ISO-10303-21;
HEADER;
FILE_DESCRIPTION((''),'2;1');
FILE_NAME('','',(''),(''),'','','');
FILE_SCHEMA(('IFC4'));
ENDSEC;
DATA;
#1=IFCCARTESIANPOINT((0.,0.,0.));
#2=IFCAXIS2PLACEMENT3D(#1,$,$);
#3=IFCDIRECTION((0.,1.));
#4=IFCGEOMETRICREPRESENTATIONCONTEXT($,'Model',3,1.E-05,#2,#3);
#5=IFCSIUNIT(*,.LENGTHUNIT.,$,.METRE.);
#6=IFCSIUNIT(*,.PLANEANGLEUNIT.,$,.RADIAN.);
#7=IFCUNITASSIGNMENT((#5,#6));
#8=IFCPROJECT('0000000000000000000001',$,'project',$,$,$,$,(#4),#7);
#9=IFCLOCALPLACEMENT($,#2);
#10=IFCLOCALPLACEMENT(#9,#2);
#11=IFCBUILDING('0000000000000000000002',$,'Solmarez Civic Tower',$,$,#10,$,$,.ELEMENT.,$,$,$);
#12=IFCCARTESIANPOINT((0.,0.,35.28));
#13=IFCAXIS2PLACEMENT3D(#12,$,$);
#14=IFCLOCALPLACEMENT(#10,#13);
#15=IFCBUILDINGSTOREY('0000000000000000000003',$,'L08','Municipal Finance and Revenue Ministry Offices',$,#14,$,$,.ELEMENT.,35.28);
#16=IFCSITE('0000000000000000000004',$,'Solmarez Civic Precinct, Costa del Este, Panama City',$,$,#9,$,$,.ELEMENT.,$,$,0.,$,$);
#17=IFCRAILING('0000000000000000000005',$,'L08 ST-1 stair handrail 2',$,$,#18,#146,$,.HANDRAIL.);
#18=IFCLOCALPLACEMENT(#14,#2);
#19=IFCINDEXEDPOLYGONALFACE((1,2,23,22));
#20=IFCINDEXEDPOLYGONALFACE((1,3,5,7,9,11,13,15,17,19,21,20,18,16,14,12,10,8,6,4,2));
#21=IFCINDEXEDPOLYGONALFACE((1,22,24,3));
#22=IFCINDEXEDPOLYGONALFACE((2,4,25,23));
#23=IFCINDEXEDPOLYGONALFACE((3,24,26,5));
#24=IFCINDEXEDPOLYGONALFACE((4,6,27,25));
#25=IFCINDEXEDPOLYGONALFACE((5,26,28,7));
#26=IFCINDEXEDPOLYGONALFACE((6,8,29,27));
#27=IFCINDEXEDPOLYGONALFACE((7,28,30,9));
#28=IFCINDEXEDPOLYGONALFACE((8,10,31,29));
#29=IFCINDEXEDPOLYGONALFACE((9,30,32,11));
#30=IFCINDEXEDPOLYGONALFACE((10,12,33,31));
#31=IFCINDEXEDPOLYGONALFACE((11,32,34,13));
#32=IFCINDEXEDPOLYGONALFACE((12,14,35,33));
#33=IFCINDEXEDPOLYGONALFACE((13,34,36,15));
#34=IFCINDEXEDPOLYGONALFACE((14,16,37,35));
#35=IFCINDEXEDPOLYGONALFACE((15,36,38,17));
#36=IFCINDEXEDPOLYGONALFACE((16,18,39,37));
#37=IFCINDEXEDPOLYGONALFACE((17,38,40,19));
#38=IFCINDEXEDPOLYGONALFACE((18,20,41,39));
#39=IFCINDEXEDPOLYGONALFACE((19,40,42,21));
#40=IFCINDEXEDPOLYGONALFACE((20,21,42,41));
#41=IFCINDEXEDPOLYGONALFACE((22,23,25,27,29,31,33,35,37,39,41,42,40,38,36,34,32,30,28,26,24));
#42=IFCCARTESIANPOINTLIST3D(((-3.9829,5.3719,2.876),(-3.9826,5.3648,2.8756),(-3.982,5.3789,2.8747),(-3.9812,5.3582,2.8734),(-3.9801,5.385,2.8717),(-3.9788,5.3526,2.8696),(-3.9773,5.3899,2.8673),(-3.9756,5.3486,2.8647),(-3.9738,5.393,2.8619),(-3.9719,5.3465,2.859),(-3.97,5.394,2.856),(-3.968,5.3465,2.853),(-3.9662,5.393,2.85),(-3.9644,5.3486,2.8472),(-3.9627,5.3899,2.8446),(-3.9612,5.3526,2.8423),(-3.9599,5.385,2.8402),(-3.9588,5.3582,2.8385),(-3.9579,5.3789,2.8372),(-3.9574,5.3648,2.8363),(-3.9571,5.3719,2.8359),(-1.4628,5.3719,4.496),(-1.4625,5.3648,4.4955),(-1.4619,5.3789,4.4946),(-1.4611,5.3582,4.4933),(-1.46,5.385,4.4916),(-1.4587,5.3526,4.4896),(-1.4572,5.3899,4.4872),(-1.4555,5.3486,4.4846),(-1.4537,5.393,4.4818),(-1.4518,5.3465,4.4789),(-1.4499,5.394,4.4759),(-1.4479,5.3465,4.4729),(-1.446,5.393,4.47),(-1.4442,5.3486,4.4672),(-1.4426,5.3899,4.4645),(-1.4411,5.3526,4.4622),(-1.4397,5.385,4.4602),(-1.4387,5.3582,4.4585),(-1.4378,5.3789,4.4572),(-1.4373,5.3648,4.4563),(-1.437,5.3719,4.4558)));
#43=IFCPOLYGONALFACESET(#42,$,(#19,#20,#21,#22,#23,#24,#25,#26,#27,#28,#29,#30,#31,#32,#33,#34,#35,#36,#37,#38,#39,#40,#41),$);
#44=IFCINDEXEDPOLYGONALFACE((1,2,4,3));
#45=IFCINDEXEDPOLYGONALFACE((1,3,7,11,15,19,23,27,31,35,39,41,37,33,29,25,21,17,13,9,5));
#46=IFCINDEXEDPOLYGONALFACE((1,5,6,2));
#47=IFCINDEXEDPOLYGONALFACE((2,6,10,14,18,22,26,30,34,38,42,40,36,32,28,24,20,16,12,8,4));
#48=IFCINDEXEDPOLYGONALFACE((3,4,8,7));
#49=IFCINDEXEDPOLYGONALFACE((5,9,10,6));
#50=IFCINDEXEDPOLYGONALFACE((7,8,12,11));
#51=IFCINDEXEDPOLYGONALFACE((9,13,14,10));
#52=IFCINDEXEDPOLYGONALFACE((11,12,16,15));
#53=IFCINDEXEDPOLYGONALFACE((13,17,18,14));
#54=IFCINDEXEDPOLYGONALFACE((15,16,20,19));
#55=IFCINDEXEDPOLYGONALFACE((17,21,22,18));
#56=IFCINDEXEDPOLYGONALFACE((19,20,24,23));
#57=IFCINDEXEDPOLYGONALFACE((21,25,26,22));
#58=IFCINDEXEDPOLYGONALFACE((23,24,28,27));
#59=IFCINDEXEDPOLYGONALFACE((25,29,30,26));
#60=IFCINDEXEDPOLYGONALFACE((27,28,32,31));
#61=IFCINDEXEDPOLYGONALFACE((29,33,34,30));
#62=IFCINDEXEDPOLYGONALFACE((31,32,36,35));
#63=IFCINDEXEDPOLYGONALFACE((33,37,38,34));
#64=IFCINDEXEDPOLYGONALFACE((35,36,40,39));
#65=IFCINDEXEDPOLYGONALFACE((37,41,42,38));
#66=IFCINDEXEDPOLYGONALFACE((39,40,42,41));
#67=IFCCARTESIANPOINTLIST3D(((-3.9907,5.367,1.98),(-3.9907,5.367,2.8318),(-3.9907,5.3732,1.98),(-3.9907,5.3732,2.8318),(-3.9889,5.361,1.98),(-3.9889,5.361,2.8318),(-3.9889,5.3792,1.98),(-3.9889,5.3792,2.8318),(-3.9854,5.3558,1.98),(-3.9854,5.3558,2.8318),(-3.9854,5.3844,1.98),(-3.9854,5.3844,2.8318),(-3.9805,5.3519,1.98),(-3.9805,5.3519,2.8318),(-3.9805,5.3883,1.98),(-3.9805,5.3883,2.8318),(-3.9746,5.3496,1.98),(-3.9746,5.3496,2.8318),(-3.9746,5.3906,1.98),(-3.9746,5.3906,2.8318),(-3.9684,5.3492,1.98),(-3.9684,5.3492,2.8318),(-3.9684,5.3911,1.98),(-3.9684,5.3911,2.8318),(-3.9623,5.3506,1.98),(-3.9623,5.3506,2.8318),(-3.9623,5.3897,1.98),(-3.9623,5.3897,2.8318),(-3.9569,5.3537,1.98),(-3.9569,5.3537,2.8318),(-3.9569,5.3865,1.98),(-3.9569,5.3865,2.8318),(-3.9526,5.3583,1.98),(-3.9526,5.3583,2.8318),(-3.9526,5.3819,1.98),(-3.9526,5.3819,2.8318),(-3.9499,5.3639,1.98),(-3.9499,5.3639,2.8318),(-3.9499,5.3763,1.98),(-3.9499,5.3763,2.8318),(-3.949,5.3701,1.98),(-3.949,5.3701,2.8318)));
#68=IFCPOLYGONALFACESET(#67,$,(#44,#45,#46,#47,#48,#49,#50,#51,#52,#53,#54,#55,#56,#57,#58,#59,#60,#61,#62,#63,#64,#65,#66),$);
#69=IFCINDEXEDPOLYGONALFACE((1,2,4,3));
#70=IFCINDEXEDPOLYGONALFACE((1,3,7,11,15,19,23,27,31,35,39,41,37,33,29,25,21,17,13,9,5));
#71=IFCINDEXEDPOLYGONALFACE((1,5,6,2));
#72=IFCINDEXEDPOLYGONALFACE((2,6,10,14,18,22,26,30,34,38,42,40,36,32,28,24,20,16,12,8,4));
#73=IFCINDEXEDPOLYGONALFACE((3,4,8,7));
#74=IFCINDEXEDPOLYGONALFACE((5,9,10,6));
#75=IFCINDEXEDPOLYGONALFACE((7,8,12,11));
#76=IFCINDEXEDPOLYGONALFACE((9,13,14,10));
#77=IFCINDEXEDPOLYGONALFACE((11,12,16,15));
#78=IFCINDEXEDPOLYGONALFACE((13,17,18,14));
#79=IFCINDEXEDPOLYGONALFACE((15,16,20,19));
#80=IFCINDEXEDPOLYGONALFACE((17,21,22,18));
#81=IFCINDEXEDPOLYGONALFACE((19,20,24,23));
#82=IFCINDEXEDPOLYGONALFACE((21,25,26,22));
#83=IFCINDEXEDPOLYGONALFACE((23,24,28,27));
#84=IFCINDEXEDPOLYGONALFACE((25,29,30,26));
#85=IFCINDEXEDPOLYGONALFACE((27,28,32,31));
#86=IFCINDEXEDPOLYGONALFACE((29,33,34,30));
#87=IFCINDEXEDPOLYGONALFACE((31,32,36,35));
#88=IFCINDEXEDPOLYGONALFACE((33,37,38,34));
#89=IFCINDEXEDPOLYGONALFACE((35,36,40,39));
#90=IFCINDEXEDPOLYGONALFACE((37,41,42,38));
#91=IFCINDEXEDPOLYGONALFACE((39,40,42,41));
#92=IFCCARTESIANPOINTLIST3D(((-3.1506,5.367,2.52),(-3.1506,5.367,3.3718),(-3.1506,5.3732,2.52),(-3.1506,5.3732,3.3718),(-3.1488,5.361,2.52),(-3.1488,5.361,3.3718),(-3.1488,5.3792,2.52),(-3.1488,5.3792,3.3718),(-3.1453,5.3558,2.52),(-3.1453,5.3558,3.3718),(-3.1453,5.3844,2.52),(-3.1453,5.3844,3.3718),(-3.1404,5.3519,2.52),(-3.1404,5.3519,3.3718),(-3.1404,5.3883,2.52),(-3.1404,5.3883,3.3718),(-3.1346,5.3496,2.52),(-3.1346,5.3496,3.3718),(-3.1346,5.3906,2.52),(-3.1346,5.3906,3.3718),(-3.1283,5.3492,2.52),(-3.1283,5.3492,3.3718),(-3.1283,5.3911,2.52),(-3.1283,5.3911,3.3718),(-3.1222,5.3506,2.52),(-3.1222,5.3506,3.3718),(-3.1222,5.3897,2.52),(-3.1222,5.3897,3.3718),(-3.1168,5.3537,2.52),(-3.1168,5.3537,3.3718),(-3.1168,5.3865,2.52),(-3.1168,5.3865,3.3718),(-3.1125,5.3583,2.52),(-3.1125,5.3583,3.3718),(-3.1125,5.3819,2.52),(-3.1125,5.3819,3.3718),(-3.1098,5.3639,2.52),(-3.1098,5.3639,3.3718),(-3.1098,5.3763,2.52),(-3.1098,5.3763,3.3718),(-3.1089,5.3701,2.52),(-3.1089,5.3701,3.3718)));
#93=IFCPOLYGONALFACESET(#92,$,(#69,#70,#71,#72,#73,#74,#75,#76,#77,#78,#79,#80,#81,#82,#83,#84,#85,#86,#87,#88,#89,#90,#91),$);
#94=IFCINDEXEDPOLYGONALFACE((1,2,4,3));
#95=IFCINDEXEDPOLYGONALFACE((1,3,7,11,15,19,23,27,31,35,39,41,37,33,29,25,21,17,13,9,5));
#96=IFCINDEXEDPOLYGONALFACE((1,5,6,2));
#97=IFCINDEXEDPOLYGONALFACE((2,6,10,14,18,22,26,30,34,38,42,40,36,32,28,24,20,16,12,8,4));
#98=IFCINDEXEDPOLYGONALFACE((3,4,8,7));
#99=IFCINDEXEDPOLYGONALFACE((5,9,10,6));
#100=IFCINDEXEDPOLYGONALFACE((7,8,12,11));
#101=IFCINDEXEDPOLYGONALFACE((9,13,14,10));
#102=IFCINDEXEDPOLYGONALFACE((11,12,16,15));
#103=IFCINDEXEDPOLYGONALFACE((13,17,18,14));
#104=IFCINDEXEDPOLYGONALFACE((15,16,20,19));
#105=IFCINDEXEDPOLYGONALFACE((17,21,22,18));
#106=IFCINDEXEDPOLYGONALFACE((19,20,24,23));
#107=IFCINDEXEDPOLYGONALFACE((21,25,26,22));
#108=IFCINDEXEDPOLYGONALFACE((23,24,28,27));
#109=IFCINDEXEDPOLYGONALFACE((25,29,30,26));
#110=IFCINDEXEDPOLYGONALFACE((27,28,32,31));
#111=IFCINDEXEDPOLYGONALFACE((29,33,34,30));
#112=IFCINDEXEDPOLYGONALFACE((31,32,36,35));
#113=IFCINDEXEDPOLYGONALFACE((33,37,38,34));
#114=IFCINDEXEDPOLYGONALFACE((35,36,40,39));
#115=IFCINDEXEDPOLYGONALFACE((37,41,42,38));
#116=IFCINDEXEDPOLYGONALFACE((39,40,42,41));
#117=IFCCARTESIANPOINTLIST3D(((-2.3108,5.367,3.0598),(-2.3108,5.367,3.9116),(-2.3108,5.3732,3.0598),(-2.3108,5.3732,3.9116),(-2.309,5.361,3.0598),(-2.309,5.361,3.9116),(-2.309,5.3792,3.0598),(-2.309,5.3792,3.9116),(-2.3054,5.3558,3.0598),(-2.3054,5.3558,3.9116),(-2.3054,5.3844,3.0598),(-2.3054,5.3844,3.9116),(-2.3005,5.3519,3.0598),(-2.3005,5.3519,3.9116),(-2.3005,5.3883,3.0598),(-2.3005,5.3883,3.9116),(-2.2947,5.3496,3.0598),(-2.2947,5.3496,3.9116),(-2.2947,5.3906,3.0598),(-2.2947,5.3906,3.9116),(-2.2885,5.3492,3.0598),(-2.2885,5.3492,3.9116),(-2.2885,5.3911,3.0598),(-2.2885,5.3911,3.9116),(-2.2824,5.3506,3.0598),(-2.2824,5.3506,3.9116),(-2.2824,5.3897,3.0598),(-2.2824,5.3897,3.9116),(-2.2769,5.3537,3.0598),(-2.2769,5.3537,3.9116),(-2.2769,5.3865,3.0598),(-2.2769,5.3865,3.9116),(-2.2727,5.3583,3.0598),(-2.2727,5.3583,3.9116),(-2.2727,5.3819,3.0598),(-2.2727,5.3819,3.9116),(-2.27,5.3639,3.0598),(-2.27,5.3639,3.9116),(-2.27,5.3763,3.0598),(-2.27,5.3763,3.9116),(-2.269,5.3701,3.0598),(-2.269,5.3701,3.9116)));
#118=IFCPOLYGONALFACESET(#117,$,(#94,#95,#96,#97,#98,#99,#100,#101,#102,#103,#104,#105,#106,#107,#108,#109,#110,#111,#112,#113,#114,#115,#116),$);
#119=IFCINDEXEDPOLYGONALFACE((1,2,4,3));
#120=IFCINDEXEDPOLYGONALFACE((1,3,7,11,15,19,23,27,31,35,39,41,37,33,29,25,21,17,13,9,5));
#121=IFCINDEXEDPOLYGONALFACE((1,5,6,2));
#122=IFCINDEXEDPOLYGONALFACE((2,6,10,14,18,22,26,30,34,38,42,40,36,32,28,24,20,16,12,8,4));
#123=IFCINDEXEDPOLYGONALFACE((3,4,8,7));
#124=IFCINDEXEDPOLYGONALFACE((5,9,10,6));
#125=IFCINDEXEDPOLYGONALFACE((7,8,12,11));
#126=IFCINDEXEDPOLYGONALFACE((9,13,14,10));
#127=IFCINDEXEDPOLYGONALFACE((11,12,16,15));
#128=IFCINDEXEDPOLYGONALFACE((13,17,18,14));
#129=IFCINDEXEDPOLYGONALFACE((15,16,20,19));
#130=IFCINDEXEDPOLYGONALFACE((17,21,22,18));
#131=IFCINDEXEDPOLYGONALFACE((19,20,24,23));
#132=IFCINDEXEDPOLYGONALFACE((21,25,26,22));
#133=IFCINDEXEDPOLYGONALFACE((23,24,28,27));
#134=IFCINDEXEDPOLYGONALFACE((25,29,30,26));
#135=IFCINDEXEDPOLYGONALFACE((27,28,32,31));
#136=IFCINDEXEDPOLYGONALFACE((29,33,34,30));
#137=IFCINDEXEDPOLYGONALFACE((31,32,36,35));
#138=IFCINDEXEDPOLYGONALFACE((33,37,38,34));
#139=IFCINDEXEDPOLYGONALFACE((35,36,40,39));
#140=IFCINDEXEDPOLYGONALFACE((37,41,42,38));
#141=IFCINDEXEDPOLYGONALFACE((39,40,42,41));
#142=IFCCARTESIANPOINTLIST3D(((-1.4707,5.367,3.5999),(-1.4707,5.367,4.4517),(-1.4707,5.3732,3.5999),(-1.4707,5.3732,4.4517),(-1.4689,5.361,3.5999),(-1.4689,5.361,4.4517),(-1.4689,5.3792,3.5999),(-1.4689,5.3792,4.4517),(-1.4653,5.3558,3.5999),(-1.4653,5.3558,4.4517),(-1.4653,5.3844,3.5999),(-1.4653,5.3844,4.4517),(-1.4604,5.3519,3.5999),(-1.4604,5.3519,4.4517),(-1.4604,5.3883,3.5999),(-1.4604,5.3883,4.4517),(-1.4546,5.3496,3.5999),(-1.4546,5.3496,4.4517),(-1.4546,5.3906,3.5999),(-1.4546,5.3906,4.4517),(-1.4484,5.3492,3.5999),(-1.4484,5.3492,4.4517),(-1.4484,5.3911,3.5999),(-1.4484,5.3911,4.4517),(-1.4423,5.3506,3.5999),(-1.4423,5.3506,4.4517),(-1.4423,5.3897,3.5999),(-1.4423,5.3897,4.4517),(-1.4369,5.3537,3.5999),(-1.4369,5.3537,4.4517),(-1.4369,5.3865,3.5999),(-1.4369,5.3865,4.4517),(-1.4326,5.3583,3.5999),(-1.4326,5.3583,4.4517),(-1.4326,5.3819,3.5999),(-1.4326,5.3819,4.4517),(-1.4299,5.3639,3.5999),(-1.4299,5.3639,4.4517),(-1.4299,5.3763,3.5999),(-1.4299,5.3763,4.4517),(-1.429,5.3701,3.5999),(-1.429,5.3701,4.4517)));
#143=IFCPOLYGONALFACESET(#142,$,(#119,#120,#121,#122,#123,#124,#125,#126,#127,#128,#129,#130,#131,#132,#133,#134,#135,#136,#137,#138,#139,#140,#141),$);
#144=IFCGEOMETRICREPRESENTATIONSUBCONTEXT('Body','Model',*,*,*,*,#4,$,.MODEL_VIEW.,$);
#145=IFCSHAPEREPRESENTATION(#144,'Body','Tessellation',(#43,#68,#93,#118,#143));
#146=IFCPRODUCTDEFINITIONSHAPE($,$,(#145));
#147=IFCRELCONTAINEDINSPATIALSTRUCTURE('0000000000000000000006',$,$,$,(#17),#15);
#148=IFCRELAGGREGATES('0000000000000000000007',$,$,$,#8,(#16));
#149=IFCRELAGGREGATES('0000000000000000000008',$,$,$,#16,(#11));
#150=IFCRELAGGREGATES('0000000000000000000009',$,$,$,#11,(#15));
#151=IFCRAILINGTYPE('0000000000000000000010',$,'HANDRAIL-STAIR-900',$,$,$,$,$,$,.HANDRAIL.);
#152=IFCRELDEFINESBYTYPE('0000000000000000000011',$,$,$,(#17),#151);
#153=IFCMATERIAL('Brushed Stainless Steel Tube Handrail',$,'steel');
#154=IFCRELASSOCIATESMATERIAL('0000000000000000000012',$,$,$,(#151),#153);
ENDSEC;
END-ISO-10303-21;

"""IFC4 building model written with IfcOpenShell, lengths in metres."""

from ifc_helpers import new_model, si_unit, direction, frame, origin, origin_2d, place, context, subcontext, project, spatial, circle, extrude, material, type_object, element, save


model = new_model("IFC4")

# Units and contexts
model_context = context("Model", 3, precision=1e-05, world=origin(), true_north=direction((0.0, 1.0)))
body_context = subcontext(model_context, "Body", "Model", "MODEL_VIEW")
ifc_project = project(units=[si_unit("LENGTHUNIT", "METRE"), si_unit("PLANEANGLEUNIT", "RADIAN")], contexts=[model_context])

# Site, building, storey
site_placement = place(None, origin())
site = spatial("IfcSite", under=ifc_project, at=site_placement, Name="Solmarez Civic Precinct, Costa del Este, Panama City", CompositionType="ELEMENT", RefElevation=0.0)
building_placement = place(site_placement, origin())
building = spatial("IfcBuilding", under=site, at=building_placement, Name="Solmarez Civic Tower", CompositionType="ELEMENT")
storey_placement = place(building_placement, frame((0.0, 0.0, 35.28)))
storey = spatial("IfcBuildingStorey", under=building, at=storey_placement, Name="L08", Description="Municipal Finance and Revenue Ministry Offices", CompositionType="ELEMENT", Elevation=35.28)

# Railing
ifc_material_1 = material(Name="Brushed Stainless Steel Tube Handrail", Category="steel")
railing_type_1 = type_object("IfcRailingType", Name="HANDRAIL-STAIR-900", PredefinedType="HANDRAIL", material=ifc_material_1)
railing_1_placement = place(storey_placement, frame((-3.97, 5.3701, 1.98)))
element("IfcRailing", 1, at=railing_1_placement, inside=storey, type_object=railing_type_1, Name="L08 ST-1 stair handrail 2", PredefinedType="HANDRAIL", context=body_context, shape_type="SweptSolid", body=[
    extrude(circle(Radius=0.0239, at=origin_2d()), frame((0.0, 0.0, 0.876), z_axis=(0.8412, 0.0, 0.540725), x_axis=(0.0, 1.0, 0.0)), (0.0, 0.0, 1.0), 2.9958),
    extrude(circle(Radius=0.021, at=origin_2d()), origin(), (0.0, 0.0, 1.0), 0.8518),
    extrude(circle(Radius=0.021, at=origin_2d()), frame((0.8401, 0.0, 0.54)), (0.0, 0.0, 1.0), 0.8518),
    extrude(circle(Radius=0.021, at=origin_2d()), frame((1.6799, 0.0, 1.0798)), (0.0, 0.0, 1.0), 0.8518),
    extrude(circle(Radius=0.021, at=origin_2d()), frame((2.52, 0.0, 1.6199)), (0.0, 0.0, 1.0), 0.8518),
])

save(model, "model.ifc")
